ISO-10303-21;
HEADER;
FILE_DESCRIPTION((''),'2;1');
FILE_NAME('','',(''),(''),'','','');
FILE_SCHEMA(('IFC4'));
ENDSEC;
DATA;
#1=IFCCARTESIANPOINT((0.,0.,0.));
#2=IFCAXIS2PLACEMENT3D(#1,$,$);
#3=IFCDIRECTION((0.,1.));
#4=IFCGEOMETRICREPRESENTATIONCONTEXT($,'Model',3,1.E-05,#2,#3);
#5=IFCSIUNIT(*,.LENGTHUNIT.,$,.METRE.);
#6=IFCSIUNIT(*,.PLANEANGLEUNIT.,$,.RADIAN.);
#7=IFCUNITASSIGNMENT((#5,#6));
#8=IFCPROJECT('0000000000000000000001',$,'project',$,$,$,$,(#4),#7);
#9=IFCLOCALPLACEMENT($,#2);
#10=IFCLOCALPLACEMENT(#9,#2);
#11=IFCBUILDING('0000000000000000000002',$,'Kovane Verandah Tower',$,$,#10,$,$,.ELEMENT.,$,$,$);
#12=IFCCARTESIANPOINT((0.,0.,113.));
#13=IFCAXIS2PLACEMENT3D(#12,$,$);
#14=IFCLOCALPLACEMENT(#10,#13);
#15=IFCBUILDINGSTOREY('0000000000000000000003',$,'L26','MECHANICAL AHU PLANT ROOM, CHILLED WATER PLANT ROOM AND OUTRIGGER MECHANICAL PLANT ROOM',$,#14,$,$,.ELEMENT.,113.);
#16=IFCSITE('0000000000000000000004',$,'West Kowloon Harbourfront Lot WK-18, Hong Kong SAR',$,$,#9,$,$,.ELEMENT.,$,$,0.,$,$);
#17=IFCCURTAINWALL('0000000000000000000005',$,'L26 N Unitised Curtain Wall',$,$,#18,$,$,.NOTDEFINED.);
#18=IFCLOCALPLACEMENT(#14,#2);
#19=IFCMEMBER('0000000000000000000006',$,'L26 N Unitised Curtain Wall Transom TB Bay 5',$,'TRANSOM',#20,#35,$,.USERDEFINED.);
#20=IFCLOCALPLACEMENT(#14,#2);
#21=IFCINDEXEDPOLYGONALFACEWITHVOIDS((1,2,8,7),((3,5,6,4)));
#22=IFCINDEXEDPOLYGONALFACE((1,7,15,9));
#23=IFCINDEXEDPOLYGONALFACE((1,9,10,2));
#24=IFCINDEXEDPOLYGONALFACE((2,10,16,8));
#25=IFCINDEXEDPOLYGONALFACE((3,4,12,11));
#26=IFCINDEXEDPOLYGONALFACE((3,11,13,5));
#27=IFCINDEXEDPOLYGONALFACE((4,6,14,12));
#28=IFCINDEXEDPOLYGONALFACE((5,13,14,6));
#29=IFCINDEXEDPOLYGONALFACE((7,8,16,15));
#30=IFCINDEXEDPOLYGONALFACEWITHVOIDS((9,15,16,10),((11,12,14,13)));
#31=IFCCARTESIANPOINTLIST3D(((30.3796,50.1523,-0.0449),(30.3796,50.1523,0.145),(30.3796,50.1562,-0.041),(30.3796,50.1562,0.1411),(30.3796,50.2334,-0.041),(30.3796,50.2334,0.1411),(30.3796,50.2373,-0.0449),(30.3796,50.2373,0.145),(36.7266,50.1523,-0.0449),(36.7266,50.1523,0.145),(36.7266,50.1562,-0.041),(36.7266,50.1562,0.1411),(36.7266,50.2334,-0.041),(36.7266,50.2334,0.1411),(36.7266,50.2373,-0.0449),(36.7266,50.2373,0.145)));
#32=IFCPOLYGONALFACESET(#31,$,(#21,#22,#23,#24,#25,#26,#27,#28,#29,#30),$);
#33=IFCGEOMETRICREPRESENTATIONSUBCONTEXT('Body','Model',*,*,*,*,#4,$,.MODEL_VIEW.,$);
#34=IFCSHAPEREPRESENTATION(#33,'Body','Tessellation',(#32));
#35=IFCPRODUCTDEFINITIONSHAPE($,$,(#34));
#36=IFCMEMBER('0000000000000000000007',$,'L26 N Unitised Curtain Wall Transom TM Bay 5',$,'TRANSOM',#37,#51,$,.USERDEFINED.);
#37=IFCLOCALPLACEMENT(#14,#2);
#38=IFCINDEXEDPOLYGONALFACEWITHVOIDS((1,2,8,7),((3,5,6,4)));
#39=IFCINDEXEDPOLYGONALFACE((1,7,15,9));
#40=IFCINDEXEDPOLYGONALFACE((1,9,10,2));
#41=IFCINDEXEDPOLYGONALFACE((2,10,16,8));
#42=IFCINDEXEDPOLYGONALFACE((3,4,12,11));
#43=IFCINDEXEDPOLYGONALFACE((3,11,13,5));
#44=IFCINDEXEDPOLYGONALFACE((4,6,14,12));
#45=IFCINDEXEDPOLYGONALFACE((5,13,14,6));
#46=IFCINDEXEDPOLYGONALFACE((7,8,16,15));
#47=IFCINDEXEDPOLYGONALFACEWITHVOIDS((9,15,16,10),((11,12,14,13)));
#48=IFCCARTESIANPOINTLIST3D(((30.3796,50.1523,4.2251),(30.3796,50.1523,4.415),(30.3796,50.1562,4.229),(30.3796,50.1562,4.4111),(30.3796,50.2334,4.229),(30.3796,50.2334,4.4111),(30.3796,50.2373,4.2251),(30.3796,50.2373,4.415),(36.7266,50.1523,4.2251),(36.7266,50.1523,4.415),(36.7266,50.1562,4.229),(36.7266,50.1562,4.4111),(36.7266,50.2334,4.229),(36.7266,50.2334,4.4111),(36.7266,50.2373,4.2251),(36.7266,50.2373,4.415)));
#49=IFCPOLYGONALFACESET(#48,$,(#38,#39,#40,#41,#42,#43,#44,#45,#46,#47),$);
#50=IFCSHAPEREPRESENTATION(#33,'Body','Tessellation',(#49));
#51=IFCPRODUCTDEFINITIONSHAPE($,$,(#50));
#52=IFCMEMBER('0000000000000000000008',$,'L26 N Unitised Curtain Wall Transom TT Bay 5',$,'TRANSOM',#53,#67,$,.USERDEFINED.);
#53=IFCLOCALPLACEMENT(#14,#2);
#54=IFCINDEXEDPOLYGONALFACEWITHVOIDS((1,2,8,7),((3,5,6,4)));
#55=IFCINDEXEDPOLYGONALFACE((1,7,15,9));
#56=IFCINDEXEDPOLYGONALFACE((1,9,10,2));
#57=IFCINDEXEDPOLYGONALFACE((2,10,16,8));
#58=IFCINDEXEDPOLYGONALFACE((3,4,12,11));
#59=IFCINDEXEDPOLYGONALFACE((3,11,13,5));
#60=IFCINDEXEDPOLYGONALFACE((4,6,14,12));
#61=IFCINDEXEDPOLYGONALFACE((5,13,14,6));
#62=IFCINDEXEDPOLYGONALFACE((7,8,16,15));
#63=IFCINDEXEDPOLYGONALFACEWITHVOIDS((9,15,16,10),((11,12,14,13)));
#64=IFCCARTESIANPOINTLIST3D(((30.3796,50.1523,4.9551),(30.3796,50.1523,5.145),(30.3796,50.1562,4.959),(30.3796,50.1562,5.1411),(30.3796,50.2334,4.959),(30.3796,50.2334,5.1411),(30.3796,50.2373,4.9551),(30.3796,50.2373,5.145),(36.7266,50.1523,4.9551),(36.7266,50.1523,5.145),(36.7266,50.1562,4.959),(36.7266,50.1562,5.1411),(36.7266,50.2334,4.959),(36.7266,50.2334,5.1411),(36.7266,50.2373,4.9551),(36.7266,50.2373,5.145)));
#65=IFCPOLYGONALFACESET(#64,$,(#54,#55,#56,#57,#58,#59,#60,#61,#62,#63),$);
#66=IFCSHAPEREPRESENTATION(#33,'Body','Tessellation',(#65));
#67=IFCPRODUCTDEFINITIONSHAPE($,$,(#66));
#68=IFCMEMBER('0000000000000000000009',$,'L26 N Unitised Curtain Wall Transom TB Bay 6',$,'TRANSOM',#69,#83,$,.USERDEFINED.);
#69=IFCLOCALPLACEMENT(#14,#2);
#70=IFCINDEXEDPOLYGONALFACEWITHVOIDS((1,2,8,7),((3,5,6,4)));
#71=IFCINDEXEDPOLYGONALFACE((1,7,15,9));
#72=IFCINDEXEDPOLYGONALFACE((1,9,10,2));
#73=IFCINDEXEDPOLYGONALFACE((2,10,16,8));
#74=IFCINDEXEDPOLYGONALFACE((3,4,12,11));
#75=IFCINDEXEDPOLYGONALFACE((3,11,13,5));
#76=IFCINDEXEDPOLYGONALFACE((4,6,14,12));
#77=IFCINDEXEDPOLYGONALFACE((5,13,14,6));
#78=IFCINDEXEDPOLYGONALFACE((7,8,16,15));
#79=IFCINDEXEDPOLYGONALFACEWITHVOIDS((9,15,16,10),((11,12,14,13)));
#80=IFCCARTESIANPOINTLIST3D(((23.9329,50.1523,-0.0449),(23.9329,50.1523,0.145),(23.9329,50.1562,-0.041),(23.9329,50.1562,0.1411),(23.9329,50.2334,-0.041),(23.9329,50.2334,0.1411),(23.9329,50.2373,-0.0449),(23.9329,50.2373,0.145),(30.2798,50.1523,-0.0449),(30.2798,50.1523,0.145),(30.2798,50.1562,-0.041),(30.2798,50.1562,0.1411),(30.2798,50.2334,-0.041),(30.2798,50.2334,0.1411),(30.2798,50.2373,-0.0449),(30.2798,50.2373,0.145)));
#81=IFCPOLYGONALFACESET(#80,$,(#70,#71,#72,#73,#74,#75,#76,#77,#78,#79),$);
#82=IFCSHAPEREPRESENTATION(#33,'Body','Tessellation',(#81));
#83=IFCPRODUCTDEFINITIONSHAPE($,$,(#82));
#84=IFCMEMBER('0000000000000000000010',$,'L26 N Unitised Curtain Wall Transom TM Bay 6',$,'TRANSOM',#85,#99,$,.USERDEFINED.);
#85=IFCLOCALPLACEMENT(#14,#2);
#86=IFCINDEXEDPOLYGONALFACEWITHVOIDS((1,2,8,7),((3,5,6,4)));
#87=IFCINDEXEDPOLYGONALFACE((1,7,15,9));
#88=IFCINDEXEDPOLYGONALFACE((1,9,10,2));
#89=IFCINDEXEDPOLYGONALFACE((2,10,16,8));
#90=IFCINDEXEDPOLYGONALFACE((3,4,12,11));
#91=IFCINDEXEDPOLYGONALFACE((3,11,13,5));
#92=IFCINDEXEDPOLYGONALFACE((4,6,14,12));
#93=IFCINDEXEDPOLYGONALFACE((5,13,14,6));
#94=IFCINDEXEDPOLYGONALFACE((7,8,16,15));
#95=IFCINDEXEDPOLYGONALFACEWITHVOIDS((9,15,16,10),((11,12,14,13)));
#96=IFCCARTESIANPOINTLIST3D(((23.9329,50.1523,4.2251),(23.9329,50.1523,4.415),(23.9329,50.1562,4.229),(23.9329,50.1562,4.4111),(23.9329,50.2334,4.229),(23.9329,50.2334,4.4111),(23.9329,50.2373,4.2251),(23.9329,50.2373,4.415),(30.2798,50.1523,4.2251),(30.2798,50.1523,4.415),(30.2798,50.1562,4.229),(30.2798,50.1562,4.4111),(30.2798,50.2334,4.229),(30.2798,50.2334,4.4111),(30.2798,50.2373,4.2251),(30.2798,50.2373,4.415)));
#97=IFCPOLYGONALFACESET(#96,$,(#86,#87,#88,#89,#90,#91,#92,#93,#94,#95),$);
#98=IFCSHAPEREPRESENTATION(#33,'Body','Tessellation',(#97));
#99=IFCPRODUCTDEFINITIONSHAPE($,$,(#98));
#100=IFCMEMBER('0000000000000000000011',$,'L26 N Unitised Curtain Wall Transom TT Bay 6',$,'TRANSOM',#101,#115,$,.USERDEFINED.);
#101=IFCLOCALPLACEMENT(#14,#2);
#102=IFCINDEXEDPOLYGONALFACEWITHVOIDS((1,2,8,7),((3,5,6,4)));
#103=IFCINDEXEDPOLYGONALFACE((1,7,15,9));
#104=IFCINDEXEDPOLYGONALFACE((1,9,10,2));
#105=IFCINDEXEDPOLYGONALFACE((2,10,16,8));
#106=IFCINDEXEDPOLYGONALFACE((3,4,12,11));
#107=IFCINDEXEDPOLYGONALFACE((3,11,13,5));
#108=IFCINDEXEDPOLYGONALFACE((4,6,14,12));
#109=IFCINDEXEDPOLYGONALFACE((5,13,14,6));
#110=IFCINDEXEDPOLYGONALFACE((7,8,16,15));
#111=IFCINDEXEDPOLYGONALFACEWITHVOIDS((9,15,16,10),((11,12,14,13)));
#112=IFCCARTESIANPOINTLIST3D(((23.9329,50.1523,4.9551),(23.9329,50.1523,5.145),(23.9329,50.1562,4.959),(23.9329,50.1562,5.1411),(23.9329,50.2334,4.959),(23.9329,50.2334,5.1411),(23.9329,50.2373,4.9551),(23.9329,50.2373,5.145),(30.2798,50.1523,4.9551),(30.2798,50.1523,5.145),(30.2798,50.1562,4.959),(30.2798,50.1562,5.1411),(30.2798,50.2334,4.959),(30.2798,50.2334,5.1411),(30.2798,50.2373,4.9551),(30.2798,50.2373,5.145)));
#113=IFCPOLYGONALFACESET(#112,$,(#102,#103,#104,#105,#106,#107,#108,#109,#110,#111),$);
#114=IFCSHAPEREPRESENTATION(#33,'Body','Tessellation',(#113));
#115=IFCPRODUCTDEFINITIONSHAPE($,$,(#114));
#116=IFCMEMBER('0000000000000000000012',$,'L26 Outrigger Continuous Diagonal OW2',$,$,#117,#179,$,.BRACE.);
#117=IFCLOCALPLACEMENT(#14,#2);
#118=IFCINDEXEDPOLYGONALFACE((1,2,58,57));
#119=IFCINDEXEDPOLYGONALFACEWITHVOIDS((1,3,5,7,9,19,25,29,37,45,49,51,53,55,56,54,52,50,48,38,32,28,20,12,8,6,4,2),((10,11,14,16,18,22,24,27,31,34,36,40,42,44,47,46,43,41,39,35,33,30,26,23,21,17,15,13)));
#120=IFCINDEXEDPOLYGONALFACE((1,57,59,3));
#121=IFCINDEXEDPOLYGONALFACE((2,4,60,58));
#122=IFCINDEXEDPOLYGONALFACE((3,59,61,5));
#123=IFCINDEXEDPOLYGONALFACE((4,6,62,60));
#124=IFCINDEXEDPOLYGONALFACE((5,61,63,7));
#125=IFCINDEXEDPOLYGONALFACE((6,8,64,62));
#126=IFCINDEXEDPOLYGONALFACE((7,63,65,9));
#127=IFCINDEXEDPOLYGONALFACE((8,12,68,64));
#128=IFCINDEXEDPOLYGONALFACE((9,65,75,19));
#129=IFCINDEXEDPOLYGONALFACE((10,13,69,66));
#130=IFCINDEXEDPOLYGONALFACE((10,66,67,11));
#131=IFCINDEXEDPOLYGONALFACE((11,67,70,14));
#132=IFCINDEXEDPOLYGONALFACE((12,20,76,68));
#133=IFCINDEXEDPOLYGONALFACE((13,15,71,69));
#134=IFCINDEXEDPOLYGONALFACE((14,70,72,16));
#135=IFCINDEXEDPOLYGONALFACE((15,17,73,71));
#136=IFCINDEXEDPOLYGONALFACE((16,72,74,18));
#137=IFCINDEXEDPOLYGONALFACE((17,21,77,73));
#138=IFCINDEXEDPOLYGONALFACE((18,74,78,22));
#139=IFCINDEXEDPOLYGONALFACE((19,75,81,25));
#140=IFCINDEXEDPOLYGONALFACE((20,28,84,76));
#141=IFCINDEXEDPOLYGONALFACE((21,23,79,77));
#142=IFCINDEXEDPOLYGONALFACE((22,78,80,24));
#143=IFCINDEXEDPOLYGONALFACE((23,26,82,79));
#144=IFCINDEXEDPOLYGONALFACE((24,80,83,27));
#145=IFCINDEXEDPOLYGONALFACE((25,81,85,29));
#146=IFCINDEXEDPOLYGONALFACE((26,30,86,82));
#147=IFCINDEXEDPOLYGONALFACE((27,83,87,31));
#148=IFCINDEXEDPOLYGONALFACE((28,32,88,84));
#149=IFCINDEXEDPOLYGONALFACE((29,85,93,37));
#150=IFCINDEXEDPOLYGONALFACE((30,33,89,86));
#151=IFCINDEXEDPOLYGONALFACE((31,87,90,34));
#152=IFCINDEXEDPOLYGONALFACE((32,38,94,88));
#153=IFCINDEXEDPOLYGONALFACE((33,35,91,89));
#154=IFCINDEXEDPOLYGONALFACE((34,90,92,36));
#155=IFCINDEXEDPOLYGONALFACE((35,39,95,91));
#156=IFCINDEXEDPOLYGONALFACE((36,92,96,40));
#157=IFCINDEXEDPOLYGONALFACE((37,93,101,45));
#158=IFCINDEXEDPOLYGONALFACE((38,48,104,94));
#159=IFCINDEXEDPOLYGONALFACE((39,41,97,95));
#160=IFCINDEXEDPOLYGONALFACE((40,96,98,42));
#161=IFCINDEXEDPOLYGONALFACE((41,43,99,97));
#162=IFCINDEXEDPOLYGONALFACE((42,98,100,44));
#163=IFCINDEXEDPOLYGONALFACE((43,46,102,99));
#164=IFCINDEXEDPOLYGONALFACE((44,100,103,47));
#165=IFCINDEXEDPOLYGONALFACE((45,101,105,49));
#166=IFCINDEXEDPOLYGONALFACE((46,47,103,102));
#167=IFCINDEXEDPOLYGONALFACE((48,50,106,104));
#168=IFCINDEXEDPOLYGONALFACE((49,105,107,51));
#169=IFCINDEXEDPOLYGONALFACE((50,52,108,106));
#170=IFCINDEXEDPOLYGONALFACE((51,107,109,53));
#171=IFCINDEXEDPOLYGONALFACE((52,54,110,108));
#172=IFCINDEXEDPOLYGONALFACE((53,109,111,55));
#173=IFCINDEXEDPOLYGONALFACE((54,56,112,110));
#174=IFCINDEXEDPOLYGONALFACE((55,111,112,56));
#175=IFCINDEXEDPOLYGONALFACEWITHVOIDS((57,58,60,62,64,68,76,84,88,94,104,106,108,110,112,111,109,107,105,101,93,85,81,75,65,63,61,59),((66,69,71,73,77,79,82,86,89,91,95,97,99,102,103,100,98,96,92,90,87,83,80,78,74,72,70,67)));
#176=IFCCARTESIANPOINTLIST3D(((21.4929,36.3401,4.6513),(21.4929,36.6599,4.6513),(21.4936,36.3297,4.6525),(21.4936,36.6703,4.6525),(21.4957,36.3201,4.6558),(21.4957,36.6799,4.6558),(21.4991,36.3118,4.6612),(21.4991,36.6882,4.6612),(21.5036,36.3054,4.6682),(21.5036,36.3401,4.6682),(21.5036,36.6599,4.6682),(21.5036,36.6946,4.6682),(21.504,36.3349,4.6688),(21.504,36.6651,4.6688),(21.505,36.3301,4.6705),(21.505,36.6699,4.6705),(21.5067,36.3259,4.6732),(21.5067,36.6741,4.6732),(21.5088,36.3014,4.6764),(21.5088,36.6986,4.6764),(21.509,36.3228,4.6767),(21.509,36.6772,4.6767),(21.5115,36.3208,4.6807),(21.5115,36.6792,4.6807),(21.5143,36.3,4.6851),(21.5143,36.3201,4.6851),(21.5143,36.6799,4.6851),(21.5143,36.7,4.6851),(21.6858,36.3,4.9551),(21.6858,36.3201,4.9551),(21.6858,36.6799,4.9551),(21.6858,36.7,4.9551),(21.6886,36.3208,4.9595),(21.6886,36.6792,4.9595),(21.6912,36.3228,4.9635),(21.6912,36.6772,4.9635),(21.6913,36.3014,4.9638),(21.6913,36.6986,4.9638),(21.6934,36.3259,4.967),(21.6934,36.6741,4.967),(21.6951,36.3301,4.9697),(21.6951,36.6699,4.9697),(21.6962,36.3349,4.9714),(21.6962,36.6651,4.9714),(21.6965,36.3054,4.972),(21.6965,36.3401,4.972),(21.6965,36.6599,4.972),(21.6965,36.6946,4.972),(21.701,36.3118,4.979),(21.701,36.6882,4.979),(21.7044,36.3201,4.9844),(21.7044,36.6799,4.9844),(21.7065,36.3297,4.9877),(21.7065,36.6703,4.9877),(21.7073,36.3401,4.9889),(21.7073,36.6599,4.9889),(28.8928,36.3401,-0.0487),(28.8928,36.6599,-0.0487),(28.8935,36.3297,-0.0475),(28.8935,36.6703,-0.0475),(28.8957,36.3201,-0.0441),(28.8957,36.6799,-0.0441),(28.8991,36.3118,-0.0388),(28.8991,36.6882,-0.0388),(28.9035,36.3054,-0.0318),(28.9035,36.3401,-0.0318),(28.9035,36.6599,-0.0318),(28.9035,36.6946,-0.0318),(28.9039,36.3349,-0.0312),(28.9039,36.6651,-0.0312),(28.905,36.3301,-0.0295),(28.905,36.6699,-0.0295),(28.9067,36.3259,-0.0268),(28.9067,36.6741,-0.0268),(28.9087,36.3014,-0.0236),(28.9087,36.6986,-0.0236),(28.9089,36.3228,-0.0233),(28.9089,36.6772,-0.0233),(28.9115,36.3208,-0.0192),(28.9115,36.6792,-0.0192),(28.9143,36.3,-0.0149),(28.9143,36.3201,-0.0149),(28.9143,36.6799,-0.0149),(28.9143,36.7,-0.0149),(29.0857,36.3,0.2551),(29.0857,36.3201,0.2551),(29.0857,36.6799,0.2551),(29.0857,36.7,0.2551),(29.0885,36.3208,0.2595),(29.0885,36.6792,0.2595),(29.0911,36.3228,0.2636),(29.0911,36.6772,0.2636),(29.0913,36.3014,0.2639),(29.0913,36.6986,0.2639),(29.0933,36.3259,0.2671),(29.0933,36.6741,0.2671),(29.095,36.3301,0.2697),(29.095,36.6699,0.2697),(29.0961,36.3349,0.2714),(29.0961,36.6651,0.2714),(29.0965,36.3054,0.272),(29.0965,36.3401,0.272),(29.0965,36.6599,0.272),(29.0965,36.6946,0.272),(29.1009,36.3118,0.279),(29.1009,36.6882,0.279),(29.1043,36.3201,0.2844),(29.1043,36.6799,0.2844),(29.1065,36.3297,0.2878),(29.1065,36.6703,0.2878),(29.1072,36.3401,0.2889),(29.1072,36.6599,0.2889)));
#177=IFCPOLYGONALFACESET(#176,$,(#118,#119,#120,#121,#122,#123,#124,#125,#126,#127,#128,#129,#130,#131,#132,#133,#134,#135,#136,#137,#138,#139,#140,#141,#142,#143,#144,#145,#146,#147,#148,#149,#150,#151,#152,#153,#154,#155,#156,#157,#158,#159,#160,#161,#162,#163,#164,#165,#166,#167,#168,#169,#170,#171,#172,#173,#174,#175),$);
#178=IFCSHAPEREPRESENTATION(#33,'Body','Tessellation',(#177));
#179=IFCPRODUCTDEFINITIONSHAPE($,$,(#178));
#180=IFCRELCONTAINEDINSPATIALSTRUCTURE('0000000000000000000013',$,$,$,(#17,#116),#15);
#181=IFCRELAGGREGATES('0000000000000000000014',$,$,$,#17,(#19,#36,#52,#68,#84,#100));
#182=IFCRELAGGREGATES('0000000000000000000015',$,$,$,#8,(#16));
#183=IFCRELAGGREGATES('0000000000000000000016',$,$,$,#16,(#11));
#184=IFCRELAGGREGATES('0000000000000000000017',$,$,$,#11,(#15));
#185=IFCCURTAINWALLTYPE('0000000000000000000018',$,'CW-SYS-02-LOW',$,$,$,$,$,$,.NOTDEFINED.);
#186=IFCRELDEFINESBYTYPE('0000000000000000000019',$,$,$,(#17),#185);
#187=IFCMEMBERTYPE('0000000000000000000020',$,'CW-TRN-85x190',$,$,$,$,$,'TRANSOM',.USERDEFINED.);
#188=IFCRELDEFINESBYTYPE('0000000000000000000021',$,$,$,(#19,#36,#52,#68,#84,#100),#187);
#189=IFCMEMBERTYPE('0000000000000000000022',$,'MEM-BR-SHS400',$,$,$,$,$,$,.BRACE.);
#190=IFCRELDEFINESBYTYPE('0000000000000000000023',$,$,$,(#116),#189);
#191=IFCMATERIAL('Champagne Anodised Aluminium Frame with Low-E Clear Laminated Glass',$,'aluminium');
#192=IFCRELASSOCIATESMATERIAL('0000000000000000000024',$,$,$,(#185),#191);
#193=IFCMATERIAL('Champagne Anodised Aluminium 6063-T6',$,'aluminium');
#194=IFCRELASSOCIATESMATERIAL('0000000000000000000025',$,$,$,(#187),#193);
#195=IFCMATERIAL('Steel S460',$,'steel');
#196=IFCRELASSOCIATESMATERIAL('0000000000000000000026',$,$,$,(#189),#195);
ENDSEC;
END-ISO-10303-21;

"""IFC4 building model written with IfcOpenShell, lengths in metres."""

from ifc_helpers import new_model, si_unit, direction, frame, origin, origin_2d, place, context, subcontext, project, spatial, hollow_rectangle, extrude, material, material_profile, profile_set, type_object, element, aggregate, save


model = new_model("IFC4")

# Units and contexts
model_context = context("Model", 3, precision=1e-05, world=origin(), true_north=direction((0.0, 1.0)))
body_context = subcontext(model_context, "Body", "Model", "MODEL_VIEW")
ifc_project = project(units=[si_unit("LENGTHUNIT", "METRE"), si_unit("PLANEANGLEUNIT", "RADIAN")], contexts=[model_context])

# Site, building, storey
site_placement = place(None, origin())
site = spatial("IfcSite", under=ifc_project, at=site_placement, Name="West Kowloon Harbourfront Lot WK-18, Hong Kong SAR", CompositionType="ELEMENT", RefElevation=0.0)
building_placement = place(site_placement, origin())
building = spatial("IfcBuilding", under=site, at=building_placement, Name="Kovane Verandah Tower", CompositionType="ELEMENT")
storey_placement = place(building_placement, frame((0.0, 0.0, 113.0)))
storey = spatial("IfcBuildingStorey", under=building, at=storey_placement, Name="L26", Description="MECHANICAL AHU PLANT ROOM, CHILLED WATER PLANT ROOM AND OUTRIGGER MECHANICAL PLANT ROOM", CompositionType="ELEMENT", Elevation=113.0)

# Shared definitions
ifc_material_1 = material(Name="Steel S460", Category="steel")

# Curtain wall, members
ifc_material_2 = material(Name="Champagne Anodised Aluminium Frame with Low-E Clear Laminated Glass", Category="aluminium")
curtain_wall_type = type_object("IfcCurtainWallType", Name="CW-SYS-02-LOW", PredefinedType="NOTDEFINED", material=ifc_material_2)
curtain_wall_placement = place(storey_placement, origin())
curtain_wall = element("IfcCurtainWall", 1, at=curtain_wall_placement, inside=storey, type_object=curtain_wall_type, Name="L26 N Unitised Curtain Wall", PredefinedType="NOTDEFINED")
ifc_material_3 = material(Name="Champagne Anodised Aluminium 6063-T6", Category="aluminium")
ifc_material_profile_1 = material_profile(ifc_material_3, hollow_rectangle(XDim=0.085, YDim=0.1899, WallThickness=0.0039, at=origin_2d()), Name="AL85x190x4")
ifc_profile_set_1 = profile_set([ifc_material_profile_1], Name="Champagne Anodised Aluminium 6063-T6")
member_type_1 = type_object("IfcMemberType", Name="CW-TRN-85x190", ElementType="TRANSOM", PredefinedType="USERDEFINED", material=ifc_profile_set_1)
member_1_placement = place(storey_placement, frame((36.7266, 50.1948, 0.05), z_axis=(-1.0, 0.0, 0.0), x_axis=(0.0, -1.0, 0.0)))
member_1 = element("IfcMember", 2, at=member_1_placement, type_object=member_type_1, Name="L26 N Unitised Curtain Wall Transom TB Bay 5", ObjectType="TRANSOM", PredefinedType="USERDEFINED", context=body_context, shape_type="SweptSolid", body=[
    extrude(hollow_rectangle(XDim=0.085, YDim=0.1899, WallThickness=0.0039, at=origin_2d()), origin(), (0.0, 0.0, 1.0), 6.3469),
])
member_2_placement = place(storey_placement, frame((36.7266, 50.1948, 4.3201), z_axis=(-1.0, 0.0, 0.0), x_axis=(0.0, -1.0, 0.0)))
member_2 = element("IfcMember", 3, at=member_2_placement, type_object=member_type_1, Name="L26 N Unitised Curtain Wall Transom TM Bay 5", ObjectType="TRANSOM", PredefinedType="USERDEFINED", context=body_context, shape_type="SweptSolid", body=[
    extrude(hollow_rectangle(XDim=0.085, YDim=0.1899, WallThickness=0.0039, at=origin_2d()), origin(), (0.0, 0.0, 1.0), 6.3469),
])
member_3_placement = place(storey_placement, frame((36.7266, 50.1948, 5.05), z_axis=(-1.0, 0.0, 0.0), x_axis=(0.0, -1.0, 0.0)))
member_3 = element("IfcMember", 4, at=member_3_placement, type_object=member_type_1, Name="L26 N Unitised Curtain Wall Transom TT Bay 5", ObjectType="TRANSOM", PredefinedType="USERDEFINED", context=body_context, shape_type="SweptSolid", body=[
    extrude(hollow_rectangle(XDim=0.085, YDim=0.1899, WallThickness=0.0039, at=origin_2d()), origin(), (0.0, 0.0, 1.0), 6.3469),
])
member_4_placement = place(storey_placement, frame((30.2798, 50.1948, 0.05), z_axis=(-1.0, 0.0, 0.0), x_axis=(0.0, -1.0, 0.0)))
member_4 = element("IfcMember", 5, at=member_4_placement, type_object=member_type_1, Name="L26 N Unitised Curtain Wall Transom TB Bay 6", ObjectType="TRANSOM", PredefinedType="USERDEFINED", context=body_context, shape_type="SweptSolid", body=[
    extrude(hollow_rectangle(XDim=0.085, YDim=0.1899, WallThickness=0.0039, at=origin_2d()), origin(), (0.0, 0.0, 1.0), 6.3469),
])
member_5_placement = place(storey_placement, frame((30.2798, 50.1948, 4.3201), z_axis=(-1.0, 0.0, 0.0), x_axis=(0.0, -1.0, 0.0)))
member_5 = element("IfcMember", 6, at=member_5_placement, type_object=member_type_1, Name="L26 N Unitised Curtain Wall Transom TM Bay 6", ObjectType="TRANSOM", PredefinedType="USERDEFINED", context=body_context, shape_type="SweptSolid", body=[
    extrude(hollow_rectangle(XDim=0.085, YDim=0.1899, WallThickness=0.0039, at=origin_2d()), origin(), (0.0, 0.0, 1.0), 6.3469),
])
member_6_placement = place(storey_placement, frame((30.2798, 50.1948, 5.05), z_axis=(-1.0, 0.0, 0.0), x_axis=(0.0, -1.0, 0.0)))
member_6 = element("IfcMember", 7, at=member_6_placement, type_object=member_type_1, Name="L26 N Unitised Curtain Wall Transom TT Bay 6", ObjectType="TRANSOM", PredefinedType="USERDEFINED", context=body_context, shape_type="SweptSolid", body=[
    extrude(hollow_rectangle(XDim=0.085, YDim=0.1899, WallThickness=0.0039, at=origin_2d()), origin(), (0.0, 0.0, 1.0), 6.3469),
])

# Member
ifc_material_profile_2 = material_profile(ifc_material_1, hollow_rectangle(XDim=0.3999, YDim=0.3999, WallThickness=0.02, InnerFilletRadius=0.02, OuterFilletRadius=0.04, at=origin_2d()), Name="SHS400x400x20")
ifc_profile_set_2 = profile_set([ifc_material_profile_2], Name="Steel S460")
member_type_2 = type_object("IfcMemberType", Name="MEM-BR-SHS400", PredefinedType="BRACE", material=ifc_profile_set_2)
member_7_placement = place(storey_placement, frame((29.0, 36.5, 0.1201), z_axis=(-0.84413, 0.0, 0.536138), x_axis=(0.0, -1.0, 0.0)))
element("IfcMember", 8, at=member_7_placement, inside=storey, type_object=member_type_2, Name="L26 Outrigger Continuous Diagonal OW2", PredefinedType="BRACE", context=body_context, shape_type="SweptSolid", body=[
    extrude(hollow_rectangle(XDim=0.3999, YDim=0.3999, WallThickness=0.02, InnerFilletRadius=0.02, OuterFilletRadius=0.04, at=origin_2d()), origin(), (0.0, 0.0, 1.0), 8.7664),
])

aggregate(curtain_wall, [member_1, member_2, member_3, member_4, member_5, member_6])

save(model, "model.ifc")
